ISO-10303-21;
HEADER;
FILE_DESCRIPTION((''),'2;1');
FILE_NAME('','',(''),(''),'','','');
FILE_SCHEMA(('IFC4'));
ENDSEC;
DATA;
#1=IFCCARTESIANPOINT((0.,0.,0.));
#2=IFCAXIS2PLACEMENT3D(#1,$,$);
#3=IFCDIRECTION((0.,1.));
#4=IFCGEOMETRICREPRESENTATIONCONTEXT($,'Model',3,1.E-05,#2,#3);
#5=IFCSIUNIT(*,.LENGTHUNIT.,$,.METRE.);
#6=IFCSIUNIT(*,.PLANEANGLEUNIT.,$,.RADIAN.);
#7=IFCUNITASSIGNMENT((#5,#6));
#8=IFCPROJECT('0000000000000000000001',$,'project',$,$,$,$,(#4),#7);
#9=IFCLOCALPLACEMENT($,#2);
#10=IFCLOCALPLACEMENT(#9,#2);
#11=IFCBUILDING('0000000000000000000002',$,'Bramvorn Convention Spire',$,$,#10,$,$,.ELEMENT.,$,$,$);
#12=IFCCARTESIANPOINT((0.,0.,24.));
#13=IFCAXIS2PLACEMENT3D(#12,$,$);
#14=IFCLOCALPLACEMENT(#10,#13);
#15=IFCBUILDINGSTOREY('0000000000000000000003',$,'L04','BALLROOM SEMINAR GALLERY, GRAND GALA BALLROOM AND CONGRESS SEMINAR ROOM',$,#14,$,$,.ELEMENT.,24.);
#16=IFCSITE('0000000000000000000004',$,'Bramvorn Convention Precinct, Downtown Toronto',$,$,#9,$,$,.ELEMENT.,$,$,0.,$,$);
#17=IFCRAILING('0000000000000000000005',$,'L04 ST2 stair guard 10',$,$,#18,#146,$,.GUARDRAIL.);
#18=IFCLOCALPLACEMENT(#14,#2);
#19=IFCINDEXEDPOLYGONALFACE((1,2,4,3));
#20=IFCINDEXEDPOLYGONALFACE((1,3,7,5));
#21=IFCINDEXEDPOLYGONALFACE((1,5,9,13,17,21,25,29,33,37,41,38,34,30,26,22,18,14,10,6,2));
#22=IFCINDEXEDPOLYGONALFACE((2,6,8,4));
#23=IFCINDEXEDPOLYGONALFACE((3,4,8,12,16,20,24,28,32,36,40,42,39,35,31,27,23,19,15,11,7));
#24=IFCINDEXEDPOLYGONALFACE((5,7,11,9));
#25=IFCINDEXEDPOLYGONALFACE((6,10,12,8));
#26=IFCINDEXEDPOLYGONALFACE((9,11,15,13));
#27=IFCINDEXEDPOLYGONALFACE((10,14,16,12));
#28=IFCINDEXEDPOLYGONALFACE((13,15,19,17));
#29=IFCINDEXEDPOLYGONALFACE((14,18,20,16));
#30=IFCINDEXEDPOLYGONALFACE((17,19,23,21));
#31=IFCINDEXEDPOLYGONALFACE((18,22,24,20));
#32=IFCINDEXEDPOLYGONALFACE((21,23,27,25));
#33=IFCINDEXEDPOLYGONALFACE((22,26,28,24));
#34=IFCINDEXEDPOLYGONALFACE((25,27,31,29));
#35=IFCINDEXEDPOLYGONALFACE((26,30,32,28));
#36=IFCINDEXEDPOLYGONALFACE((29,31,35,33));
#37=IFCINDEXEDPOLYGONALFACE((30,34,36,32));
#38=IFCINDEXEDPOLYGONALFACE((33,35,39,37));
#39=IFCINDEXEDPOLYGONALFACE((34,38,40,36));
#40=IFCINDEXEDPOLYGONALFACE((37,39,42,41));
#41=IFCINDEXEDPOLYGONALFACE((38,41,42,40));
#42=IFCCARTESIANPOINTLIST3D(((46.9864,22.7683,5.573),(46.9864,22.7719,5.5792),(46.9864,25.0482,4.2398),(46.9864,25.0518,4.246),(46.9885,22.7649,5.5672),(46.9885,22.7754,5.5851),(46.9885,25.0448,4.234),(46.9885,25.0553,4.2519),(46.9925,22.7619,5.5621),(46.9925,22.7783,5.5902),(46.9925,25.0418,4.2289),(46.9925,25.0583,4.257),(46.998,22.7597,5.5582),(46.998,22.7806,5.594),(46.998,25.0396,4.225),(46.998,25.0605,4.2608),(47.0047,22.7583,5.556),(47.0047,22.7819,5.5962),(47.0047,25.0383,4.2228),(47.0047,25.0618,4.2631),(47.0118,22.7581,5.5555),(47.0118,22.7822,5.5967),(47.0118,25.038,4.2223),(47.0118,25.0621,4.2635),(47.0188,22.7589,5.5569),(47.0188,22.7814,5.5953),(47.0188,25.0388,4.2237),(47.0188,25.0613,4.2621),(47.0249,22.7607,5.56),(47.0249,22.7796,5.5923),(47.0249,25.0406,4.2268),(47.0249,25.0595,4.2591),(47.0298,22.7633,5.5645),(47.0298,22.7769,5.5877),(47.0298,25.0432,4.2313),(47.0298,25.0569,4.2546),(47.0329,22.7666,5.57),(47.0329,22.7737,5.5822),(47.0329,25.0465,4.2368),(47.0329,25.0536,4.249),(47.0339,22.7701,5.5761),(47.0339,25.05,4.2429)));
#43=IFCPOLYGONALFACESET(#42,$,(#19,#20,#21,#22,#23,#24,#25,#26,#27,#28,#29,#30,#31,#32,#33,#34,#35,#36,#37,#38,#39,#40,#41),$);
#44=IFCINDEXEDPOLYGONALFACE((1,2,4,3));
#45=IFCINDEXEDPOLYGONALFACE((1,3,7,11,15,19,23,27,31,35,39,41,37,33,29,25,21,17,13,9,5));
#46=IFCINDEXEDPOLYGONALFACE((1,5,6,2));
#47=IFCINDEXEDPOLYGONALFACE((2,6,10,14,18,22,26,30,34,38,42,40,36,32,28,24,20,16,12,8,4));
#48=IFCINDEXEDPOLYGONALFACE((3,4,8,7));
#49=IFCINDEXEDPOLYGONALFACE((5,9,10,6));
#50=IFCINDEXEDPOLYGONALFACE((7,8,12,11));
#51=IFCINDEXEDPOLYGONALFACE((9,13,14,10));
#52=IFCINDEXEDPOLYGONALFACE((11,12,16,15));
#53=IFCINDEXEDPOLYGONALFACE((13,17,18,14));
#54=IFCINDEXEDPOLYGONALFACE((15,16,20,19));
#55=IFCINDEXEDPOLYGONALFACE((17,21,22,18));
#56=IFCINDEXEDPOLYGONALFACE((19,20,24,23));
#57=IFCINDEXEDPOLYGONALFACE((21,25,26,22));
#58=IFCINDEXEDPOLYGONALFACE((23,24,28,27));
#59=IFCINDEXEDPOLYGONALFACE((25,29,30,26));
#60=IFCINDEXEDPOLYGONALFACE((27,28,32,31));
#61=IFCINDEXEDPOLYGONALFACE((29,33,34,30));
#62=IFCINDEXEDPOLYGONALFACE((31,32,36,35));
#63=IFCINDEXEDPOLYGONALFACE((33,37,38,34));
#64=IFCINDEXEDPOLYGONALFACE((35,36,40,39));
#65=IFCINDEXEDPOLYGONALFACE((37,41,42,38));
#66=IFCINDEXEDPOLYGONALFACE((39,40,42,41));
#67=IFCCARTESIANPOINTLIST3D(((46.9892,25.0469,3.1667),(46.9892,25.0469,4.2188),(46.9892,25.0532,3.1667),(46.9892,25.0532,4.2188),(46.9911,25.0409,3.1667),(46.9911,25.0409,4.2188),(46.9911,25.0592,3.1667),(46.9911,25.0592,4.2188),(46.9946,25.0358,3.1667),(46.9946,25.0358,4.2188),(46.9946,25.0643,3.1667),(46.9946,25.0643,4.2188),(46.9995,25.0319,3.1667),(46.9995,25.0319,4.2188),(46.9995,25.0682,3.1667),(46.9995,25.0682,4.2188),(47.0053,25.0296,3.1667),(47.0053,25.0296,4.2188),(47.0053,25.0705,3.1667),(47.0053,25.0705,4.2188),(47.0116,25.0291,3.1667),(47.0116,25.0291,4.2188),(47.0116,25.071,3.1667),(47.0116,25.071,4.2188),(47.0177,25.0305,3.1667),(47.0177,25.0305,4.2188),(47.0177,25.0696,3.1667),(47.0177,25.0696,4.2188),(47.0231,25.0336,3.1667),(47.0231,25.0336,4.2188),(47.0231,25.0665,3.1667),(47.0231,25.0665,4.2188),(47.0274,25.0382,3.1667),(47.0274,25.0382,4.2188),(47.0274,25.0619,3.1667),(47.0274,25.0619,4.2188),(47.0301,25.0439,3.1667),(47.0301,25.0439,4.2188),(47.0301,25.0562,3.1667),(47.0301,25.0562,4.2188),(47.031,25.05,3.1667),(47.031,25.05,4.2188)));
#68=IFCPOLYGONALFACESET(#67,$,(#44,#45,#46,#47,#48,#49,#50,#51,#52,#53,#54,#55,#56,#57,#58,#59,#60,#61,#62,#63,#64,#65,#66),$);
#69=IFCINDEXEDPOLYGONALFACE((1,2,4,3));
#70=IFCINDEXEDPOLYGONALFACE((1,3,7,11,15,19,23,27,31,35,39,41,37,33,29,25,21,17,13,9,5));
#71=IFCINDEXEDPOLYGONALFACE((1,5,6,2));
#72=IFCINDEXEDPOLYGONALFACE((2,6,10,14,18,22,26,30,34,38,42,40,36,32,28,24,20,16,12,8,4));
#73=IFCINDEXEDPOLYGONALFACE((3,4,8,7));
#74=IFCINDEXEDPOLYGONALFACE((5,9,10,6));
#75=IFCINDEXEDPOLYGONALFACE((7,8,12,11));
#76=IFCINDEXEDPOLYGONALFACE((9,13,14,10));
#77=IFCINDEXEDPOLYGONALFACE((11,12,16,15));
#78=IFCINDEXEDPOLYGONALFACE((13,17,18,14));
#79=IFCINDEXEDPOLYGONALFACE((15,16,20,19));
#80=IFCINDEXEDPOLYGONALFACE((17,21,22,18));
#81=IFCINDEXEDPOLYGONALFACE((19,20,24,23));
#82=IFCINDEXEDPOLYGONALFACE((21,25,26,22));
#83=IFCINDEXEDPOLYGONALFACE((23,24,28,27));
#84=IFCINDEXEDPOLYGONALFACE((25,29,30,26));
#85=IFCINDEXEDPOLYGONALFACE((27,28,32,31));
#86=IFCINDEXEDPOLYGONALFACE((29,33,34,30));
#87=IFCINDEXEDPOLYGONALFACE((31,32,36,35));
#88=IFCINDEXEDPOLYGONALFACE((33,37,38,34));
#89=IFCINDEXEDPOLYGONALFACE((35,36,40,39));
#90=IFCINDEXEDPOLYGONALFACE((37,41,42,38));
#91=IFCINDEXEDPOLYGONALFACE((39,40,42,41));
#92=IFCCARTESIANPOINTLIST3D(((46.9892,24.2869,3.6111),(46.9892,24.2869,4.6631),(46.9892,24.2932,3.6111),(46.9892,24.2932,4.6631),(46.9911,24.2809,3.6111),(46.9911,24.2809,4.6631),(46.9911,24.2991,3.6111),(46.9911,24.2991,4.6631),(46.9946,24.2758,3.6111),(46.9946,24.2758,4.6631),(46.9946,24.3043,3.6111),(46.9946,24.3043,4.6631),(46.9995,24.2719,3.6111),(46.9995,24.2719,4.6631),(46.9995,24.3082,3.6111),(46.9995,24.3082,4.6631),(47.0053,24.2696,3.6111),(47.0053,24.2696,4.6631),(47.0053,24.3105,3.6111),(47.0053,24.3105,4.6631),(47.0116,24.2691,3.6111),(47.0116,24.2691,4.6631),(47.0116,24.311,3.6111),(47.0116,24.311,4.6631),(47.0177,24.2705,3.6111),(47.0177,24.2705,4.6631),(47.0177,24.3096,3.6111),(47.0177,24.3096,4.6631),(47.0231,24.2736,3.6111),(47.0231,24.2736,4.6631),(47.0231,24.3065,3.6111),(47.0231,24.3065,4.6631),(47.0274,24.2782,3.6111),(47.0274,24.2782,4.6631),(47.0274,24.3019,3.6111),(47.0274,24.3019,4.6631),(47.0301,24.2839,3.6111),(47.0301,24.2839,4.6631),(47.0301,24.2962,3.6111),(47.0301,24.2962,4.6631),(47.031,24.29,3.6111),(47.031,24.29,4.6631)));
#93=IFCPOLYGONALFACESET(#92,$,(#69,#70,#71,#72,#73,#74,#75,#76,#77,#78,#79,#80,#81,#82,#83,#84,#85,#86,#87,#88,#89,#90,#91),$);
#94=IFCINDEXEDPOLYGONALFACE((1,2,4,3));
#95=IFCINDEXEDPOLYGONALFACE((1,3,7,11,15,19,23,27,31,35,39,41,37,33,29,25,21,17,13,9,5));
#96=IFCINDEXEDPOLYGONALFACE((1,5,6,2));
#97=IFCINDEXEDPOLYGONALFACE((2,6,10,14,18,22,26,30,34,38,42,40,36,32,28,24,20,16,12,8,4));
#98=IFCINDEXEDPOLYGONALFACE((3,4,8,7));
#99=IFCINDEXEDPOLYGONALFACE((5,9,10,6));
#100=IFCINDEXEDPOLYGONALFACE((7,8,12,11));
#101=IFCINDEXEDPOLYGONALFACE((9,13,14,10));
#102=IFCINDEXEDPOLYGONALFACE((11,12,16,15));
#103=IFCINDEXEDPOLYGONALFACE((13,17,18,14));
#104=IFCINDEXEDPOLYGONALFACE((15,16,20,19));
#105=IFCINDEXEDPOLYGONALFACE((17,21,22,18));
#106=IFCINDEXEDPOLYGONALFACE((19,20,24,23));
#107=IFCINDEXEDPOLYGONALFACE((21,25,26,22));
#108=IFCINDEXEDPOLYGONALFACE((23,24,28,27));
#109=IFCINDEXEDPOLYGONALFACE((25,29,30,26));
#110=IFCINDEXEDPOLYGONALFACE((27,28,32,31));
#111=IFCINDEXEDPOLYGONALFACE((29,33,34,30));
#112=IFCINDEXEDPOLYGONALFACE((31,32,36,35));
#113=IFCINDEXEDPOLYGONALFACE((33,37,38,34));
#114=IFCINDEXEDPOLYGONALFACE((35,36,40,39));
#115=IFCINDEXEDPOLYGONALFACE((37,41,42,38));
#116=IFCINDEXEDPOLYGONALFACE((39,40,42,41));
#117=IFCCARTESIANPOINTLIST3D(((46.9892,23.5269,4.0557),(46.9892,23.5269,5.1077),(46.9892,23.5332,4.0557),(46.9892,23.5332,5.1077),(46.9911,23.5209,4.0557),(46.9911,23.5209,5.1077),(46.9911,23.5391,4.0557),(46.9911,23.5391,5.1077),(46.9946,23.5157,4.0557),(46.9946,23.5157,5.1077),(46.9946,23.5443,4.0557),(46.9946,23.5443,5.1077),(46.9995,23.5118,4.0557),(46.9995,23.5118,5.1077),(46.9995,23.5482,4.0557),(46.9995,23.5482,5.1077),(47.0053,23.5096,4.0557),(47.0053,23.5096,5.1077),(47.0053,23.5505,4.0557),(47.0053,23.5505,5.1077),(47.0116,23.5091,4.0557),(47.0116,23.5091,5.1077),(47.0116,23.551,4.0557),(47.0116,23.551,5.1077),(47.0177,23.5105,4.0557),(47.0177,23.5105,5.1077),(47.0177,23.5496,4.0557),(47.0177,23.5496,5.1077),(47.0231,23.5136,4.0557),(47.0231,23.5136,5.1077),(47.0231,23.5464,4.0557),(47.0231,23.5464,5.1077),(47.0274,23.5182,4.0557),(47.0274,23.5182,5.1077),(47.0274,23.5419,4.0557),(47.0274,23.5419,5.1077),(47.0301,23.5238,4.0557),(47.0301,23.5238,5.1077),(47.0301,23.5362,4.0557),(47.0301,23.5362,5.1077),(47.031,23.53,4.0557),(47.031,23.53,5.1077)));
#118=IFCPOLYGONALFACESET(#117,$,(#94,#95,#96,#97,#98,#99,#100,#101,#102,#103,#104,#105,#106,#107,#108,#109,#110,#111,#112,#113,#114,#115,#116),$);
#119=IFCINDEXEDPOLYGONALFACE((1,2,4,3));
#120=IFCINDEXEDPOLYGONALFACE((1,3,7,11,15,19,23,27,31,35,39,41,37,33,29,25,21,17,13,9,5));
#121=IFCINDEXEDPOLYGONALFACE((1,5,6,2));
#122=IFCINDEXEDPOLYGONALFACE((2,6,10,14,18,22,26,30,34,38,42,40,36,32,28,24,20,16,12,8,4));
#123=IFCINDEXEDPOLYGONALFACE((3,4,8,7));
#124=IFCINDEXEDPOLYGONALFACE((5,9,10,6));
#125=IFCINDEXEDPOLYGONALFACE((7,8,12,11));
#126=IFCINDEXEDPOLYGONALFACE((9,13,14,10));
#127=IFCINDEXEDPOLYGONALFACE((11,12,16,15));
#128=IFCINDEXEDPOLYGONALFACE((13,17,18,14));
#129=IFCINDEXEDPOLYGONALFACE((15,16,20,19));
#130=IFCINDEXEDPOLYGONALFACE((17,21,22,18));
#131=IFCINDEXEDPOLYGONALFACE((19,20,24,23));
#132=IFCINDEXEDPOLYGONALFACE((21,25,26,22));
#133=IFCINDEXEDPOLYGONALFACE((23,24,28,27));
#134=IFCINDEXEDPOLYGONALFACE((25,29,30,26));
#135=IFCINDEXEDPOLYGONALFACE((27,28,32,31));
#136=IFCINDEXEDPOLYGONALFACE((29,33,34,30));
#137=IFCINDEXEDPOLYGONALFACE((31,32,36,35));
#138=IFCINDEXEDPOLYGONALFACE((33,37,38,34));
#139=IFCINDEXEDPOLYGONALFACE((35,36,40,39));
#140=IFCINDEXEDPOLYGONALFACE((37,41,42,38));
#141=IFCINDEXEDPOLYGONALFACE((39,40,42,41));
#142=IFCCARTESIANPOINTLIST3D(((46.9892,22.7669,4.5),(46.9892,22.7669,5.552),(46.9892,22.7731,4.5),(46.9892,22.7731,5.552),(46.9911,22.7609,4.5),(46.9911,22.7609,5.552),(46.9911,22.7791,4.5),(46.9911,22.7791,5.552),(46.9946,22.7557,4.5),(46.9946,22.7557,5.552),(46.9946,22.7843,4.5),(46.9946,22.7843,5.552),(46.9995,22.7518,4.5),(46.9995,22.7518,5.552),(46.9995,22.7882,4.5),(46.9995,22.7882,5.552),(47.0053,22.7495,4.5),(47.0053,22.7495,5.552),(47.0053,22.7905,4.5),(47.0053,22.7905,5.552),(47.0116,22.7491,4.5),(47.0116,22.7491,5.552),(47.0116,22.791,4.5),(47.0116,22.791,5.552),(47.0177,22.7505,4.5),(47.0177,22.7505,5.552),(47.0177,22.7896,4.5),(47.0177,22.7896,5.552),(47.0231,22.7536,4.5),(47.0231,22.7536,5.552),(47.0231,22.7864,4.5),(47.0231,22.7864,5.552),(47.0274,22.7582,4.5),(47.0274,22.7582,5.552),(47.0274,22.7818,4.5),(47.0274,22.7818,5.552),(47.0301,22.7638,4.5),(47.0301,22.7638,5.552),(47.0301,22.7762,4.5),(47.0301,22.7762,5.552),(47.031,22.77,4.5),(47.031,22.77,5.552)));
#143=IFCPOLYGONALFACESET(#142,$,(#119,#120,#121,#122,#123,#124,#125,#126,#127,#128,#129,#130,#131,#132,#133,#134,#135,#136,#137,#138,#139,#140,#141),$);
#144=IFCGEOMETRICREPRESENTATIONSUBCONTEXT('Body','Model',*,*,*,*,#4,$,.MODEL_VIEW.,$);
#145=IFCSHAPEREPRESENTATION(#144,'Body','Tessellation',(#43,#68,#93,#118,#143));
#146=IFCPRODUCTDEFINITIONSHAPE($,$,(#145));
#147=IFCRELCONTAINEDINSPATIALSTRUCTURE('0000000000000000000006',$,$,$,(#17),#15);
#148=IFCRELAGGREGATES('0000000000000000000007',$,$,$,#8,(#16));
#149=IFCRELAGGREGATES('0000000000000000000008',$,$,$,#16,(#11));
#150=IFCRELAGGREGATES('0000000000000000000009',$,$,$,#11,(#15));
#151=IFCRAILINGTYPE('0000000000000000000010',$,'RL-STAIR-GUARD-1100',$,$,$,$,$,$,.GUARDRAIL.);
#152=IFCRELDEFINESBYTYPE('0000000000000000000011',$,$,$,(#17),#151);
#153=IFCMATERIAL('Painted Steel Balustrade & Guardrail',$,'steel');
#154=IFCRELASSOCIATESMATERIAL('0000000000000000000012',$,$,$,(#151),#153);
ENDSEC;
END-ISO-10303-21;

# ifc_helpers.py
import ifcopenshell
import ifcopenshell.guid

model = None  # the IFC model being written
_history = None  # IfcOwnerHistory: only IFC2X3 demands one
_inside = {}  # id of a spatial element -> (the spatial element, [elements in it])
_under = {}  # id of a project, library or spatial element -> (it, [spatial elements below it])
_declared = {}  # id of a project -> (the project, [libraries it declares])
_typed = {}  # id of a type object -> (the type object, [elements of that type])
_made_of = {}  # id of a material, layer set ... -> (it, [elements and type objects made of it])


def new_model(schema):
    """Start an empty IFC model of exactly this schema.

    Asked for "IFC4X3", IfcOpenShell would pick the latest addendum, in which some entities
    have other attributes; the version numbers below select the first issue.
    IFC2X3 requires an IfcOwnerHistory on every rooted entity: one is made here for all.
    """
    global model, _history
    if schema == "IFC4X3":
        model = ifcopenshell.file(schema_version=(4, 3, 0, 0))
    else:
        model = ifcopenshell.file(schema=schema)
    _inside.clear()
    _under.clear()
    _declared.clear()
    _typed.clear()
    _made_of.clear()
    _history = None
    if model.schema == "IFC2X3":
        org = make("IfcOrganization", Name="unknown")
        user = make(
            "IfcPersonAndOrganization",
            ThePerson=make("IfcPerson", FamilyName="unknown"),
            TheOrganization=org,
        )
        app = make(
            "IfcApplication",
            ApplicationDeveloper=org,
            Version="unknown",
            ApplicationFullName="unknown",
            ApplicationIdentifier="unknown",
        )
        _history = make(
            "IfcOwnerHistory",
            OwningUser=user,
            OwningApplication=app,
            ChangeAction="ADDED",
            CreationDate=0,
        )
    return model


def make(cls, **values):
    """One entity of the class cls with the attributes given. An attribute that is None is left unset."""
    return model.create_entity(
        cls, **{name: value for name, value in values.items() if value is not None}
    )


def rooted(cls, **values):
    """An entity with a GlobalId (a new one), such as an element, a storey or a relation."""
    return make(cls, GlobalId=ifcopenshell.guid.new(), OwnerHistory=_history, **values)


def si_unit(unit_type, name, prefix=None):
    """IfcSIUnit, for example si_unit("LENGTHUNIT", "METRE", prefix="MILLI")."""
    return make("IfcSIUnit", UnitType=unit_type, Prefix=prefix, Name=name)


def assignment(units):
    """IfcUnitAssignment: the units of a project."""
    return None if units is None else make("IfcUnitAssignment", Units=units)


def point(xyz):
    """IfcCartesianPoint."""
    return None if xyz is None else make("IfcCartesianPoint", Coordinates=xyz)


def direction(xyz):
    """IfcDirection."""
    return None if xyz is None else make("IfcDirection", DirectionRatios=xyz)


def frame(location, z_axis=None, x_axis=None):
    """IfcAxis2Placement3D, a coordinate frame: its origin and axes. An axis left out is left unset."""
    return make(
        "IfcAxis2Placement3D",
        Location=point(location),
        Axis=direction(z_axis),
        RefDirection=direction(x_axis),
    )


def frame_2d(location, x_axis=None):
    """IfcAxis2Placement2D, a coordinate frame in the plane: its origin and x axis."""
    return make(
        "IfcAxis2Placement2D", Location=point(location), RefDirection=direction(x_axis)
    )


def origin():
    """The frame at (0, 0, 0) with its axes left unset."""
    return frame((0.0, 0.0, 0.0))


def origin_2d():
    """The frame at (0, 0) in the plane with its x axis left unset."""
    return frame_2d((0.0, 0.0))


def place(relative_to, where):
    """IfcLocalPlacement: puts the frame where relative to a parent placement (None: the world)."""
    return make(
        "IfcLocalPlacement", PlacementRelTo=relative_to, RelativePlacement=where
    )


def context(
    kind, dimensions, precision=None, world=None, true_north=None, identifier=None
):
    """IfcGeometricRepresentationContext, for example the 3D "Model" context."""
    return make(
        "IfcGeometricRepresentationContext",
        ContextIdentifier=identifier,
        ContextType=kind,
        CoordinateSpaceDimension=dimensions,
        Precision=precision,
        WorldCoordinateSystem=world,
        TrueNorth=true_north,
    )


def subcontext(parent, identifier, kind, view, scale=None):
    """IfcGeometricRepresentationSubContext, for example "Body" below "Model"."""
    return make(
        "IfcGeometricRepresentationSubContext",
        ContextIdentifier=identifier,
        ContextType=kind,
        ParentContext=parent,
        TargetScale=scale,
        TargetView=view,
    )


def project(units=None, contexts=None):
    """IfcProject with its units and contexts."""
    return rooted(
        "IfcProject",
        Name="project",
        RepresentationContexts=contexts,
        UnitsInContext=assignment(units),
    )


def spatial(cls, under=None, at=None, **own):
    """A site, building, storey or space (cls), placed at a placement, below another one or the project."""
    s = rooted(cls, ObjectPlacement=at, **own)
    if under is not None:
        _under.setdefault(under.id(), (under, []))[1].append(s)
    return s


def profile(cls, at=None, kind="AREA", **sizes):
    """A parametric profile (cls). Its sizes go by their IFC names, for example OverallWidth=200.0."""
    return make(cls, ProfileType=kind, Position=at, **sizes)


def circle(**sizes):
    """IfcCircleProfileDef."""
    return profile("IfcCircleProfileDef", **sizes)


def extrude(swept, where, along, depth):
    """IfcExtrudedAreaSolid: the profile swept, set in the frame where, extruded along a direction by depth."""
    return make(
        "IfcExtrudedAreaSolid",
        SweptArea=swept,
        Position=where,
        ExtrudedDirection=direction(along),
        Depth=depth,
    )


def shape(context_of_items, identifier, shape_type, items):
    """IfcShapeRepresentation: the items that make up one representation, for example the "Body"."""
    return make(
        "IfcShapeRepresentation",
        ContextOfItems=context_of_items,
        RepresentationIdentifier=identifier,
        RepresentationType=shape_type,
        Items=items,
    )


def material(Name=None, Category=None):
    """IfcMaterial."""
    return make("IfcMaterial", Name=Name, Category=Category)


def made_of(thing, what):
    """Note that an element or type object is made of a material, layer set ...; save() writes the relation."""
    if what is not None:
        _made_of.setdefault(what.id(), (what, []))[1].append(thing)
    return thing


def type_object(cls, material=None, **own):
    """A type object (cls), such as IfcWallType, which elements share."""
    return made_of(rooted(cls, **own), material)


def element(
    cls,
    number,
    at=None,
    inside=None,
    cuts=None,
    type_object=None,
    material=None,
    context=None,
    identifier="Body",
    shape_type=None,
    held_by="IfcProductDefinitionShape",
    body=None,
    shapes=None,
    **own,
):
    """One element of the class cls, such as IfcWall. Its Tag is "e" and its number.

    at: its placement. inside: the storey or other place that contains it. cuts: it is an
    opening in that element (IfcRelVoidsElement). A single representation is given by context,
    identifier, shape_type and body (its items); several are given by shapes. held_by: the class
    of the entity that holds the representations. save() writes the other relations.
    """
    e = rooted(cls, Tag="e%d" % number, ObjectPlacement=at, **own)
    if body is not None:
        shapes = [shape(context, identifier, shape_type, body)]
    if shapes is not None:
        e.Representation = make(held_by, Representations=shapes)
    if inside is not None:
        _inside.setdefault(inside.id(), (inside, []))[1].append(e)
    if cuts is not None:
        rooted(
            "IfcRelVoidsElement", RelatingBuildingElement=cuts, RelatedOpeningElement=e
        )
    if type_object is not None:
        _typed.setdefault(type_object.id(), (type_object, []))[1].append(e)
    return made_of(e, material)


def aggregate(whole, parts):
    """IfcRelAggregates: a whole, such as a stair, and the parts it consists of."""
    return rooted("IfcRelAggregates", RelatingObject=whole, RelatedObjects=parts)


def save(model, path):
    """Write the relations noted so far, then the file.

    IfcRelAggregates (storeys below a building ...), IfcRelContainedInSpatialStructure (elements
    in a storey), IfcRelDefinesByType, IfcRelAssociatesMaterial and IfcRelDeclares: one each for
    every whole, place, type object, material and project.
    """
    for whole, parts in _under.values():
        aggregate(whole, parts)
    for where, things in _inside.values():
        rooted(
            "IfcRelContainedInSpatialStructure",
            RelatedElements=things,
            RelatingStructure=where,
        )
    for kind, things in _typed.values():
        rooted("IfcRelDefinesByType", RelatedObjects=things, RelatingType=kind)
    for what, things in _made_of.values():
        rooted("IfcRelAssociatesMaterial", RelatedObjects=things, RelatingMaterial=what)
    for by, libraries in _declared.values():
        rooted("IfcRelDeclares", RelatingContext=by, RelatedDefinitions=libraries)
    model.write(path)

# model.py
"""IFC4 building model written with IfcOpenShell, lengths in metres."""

from ifc_helpers import new_model, si_unit, direction, frame, origin, origin_2d, place, context, subcontext, project, spatial, circle, extrude, material, type_object, element, save


model = new_model("IFC4")

# Units and contexts
model_context = context("Model", 3, precision=1e-05, world=origin(), true_north=direction((0.0, 1.0)))
body_context = subcontext(model_context, "Body", "Model", "MODEL_VIEW")
ifc_project = project(units=[si_unit("LENGTHUNIT", "METRE"), si_unit("PLANEANGLEUNIT", "RADIAN")], contexts=[model_context])

# Site, building, storey
site_placement = place(None, origin())
site = spatial("IfcSite", under=ifc_project, at=site_placement, Name="Bramvorn Convention Precinct, Downtown Toronto", CompositionType="ELEMENT", RefElevation=0.0)
building_placement = place(site_placement, origin())
building = spatial("IfcBuilding", under=site, at=building_placement, Name="Bramvorn Convention Spire", CompositionType="ELEMENT")
storey_placement = place(building_placement, frame((0.0, 0.0, 24.0)))
storey = spatial("IfcBuildingStorey", under=building, at=storey_placement, Name="L04", Description="BALLROOM SEMINAR GALLERY, GRAND GALA BALLROOM AND CONGRESS SEMINAR ROOM", CompositionType="ELEMENT", Elevation=24.0)

# Railing
ifc_material_1 = material(Name="Painted Steel Balustrade & Guardrail", Category="steel")
railing_type_1 = type_object("IfcRailingType", Name="RL-STAIR-GUARD-1100", PredefinedType="GUARDRAIL", material=ifc_material_1)
railing_1_placement = place(storey_placement, frame((47.01, 25.05, 3.1667)))
element("IfcRailing", 1, at=railing_1_placement, inside=storey, type_object=railing_type_1, Name="L04 ST2 stair guard 10", PredefinedType="GUARDRAIL", context=body_context, shape_type="SweptSolid", body=[
    extrude(circle(Radius=0.0239, at=origin_2d()), frame((0.0, 0.0, 1.0762), z_axis=(0.0, -0.863245, 0.504785), x_axis=(1.0, 0.0, 0.0)), (0.0, 0.0, 1.0), 2.6411),
    extrude(circle(Radius=0.021, at=origin_2d()), origin(), (0.0, 0.0, 1.0), 1.052),
    extrude(circle(Radius=0.021, at=origin_2d()), frame((0.0, -0.76, 0.4443)), (0.0, 0.0, 1.0), 1.052),
    extrude(circle(Radius=0.021, at=origin_2d()), frame((0.0, -1.52, 0.8889)), (0.0, 0.0, 1.0), 1.052),
    extrude(circle(Radius=0.021, at=origin_2d()), frame((0.0, -2.28, 1.3333)), (0.0, 0.0, 1.0), 1.052),
])

save(model, "model.ifc")
